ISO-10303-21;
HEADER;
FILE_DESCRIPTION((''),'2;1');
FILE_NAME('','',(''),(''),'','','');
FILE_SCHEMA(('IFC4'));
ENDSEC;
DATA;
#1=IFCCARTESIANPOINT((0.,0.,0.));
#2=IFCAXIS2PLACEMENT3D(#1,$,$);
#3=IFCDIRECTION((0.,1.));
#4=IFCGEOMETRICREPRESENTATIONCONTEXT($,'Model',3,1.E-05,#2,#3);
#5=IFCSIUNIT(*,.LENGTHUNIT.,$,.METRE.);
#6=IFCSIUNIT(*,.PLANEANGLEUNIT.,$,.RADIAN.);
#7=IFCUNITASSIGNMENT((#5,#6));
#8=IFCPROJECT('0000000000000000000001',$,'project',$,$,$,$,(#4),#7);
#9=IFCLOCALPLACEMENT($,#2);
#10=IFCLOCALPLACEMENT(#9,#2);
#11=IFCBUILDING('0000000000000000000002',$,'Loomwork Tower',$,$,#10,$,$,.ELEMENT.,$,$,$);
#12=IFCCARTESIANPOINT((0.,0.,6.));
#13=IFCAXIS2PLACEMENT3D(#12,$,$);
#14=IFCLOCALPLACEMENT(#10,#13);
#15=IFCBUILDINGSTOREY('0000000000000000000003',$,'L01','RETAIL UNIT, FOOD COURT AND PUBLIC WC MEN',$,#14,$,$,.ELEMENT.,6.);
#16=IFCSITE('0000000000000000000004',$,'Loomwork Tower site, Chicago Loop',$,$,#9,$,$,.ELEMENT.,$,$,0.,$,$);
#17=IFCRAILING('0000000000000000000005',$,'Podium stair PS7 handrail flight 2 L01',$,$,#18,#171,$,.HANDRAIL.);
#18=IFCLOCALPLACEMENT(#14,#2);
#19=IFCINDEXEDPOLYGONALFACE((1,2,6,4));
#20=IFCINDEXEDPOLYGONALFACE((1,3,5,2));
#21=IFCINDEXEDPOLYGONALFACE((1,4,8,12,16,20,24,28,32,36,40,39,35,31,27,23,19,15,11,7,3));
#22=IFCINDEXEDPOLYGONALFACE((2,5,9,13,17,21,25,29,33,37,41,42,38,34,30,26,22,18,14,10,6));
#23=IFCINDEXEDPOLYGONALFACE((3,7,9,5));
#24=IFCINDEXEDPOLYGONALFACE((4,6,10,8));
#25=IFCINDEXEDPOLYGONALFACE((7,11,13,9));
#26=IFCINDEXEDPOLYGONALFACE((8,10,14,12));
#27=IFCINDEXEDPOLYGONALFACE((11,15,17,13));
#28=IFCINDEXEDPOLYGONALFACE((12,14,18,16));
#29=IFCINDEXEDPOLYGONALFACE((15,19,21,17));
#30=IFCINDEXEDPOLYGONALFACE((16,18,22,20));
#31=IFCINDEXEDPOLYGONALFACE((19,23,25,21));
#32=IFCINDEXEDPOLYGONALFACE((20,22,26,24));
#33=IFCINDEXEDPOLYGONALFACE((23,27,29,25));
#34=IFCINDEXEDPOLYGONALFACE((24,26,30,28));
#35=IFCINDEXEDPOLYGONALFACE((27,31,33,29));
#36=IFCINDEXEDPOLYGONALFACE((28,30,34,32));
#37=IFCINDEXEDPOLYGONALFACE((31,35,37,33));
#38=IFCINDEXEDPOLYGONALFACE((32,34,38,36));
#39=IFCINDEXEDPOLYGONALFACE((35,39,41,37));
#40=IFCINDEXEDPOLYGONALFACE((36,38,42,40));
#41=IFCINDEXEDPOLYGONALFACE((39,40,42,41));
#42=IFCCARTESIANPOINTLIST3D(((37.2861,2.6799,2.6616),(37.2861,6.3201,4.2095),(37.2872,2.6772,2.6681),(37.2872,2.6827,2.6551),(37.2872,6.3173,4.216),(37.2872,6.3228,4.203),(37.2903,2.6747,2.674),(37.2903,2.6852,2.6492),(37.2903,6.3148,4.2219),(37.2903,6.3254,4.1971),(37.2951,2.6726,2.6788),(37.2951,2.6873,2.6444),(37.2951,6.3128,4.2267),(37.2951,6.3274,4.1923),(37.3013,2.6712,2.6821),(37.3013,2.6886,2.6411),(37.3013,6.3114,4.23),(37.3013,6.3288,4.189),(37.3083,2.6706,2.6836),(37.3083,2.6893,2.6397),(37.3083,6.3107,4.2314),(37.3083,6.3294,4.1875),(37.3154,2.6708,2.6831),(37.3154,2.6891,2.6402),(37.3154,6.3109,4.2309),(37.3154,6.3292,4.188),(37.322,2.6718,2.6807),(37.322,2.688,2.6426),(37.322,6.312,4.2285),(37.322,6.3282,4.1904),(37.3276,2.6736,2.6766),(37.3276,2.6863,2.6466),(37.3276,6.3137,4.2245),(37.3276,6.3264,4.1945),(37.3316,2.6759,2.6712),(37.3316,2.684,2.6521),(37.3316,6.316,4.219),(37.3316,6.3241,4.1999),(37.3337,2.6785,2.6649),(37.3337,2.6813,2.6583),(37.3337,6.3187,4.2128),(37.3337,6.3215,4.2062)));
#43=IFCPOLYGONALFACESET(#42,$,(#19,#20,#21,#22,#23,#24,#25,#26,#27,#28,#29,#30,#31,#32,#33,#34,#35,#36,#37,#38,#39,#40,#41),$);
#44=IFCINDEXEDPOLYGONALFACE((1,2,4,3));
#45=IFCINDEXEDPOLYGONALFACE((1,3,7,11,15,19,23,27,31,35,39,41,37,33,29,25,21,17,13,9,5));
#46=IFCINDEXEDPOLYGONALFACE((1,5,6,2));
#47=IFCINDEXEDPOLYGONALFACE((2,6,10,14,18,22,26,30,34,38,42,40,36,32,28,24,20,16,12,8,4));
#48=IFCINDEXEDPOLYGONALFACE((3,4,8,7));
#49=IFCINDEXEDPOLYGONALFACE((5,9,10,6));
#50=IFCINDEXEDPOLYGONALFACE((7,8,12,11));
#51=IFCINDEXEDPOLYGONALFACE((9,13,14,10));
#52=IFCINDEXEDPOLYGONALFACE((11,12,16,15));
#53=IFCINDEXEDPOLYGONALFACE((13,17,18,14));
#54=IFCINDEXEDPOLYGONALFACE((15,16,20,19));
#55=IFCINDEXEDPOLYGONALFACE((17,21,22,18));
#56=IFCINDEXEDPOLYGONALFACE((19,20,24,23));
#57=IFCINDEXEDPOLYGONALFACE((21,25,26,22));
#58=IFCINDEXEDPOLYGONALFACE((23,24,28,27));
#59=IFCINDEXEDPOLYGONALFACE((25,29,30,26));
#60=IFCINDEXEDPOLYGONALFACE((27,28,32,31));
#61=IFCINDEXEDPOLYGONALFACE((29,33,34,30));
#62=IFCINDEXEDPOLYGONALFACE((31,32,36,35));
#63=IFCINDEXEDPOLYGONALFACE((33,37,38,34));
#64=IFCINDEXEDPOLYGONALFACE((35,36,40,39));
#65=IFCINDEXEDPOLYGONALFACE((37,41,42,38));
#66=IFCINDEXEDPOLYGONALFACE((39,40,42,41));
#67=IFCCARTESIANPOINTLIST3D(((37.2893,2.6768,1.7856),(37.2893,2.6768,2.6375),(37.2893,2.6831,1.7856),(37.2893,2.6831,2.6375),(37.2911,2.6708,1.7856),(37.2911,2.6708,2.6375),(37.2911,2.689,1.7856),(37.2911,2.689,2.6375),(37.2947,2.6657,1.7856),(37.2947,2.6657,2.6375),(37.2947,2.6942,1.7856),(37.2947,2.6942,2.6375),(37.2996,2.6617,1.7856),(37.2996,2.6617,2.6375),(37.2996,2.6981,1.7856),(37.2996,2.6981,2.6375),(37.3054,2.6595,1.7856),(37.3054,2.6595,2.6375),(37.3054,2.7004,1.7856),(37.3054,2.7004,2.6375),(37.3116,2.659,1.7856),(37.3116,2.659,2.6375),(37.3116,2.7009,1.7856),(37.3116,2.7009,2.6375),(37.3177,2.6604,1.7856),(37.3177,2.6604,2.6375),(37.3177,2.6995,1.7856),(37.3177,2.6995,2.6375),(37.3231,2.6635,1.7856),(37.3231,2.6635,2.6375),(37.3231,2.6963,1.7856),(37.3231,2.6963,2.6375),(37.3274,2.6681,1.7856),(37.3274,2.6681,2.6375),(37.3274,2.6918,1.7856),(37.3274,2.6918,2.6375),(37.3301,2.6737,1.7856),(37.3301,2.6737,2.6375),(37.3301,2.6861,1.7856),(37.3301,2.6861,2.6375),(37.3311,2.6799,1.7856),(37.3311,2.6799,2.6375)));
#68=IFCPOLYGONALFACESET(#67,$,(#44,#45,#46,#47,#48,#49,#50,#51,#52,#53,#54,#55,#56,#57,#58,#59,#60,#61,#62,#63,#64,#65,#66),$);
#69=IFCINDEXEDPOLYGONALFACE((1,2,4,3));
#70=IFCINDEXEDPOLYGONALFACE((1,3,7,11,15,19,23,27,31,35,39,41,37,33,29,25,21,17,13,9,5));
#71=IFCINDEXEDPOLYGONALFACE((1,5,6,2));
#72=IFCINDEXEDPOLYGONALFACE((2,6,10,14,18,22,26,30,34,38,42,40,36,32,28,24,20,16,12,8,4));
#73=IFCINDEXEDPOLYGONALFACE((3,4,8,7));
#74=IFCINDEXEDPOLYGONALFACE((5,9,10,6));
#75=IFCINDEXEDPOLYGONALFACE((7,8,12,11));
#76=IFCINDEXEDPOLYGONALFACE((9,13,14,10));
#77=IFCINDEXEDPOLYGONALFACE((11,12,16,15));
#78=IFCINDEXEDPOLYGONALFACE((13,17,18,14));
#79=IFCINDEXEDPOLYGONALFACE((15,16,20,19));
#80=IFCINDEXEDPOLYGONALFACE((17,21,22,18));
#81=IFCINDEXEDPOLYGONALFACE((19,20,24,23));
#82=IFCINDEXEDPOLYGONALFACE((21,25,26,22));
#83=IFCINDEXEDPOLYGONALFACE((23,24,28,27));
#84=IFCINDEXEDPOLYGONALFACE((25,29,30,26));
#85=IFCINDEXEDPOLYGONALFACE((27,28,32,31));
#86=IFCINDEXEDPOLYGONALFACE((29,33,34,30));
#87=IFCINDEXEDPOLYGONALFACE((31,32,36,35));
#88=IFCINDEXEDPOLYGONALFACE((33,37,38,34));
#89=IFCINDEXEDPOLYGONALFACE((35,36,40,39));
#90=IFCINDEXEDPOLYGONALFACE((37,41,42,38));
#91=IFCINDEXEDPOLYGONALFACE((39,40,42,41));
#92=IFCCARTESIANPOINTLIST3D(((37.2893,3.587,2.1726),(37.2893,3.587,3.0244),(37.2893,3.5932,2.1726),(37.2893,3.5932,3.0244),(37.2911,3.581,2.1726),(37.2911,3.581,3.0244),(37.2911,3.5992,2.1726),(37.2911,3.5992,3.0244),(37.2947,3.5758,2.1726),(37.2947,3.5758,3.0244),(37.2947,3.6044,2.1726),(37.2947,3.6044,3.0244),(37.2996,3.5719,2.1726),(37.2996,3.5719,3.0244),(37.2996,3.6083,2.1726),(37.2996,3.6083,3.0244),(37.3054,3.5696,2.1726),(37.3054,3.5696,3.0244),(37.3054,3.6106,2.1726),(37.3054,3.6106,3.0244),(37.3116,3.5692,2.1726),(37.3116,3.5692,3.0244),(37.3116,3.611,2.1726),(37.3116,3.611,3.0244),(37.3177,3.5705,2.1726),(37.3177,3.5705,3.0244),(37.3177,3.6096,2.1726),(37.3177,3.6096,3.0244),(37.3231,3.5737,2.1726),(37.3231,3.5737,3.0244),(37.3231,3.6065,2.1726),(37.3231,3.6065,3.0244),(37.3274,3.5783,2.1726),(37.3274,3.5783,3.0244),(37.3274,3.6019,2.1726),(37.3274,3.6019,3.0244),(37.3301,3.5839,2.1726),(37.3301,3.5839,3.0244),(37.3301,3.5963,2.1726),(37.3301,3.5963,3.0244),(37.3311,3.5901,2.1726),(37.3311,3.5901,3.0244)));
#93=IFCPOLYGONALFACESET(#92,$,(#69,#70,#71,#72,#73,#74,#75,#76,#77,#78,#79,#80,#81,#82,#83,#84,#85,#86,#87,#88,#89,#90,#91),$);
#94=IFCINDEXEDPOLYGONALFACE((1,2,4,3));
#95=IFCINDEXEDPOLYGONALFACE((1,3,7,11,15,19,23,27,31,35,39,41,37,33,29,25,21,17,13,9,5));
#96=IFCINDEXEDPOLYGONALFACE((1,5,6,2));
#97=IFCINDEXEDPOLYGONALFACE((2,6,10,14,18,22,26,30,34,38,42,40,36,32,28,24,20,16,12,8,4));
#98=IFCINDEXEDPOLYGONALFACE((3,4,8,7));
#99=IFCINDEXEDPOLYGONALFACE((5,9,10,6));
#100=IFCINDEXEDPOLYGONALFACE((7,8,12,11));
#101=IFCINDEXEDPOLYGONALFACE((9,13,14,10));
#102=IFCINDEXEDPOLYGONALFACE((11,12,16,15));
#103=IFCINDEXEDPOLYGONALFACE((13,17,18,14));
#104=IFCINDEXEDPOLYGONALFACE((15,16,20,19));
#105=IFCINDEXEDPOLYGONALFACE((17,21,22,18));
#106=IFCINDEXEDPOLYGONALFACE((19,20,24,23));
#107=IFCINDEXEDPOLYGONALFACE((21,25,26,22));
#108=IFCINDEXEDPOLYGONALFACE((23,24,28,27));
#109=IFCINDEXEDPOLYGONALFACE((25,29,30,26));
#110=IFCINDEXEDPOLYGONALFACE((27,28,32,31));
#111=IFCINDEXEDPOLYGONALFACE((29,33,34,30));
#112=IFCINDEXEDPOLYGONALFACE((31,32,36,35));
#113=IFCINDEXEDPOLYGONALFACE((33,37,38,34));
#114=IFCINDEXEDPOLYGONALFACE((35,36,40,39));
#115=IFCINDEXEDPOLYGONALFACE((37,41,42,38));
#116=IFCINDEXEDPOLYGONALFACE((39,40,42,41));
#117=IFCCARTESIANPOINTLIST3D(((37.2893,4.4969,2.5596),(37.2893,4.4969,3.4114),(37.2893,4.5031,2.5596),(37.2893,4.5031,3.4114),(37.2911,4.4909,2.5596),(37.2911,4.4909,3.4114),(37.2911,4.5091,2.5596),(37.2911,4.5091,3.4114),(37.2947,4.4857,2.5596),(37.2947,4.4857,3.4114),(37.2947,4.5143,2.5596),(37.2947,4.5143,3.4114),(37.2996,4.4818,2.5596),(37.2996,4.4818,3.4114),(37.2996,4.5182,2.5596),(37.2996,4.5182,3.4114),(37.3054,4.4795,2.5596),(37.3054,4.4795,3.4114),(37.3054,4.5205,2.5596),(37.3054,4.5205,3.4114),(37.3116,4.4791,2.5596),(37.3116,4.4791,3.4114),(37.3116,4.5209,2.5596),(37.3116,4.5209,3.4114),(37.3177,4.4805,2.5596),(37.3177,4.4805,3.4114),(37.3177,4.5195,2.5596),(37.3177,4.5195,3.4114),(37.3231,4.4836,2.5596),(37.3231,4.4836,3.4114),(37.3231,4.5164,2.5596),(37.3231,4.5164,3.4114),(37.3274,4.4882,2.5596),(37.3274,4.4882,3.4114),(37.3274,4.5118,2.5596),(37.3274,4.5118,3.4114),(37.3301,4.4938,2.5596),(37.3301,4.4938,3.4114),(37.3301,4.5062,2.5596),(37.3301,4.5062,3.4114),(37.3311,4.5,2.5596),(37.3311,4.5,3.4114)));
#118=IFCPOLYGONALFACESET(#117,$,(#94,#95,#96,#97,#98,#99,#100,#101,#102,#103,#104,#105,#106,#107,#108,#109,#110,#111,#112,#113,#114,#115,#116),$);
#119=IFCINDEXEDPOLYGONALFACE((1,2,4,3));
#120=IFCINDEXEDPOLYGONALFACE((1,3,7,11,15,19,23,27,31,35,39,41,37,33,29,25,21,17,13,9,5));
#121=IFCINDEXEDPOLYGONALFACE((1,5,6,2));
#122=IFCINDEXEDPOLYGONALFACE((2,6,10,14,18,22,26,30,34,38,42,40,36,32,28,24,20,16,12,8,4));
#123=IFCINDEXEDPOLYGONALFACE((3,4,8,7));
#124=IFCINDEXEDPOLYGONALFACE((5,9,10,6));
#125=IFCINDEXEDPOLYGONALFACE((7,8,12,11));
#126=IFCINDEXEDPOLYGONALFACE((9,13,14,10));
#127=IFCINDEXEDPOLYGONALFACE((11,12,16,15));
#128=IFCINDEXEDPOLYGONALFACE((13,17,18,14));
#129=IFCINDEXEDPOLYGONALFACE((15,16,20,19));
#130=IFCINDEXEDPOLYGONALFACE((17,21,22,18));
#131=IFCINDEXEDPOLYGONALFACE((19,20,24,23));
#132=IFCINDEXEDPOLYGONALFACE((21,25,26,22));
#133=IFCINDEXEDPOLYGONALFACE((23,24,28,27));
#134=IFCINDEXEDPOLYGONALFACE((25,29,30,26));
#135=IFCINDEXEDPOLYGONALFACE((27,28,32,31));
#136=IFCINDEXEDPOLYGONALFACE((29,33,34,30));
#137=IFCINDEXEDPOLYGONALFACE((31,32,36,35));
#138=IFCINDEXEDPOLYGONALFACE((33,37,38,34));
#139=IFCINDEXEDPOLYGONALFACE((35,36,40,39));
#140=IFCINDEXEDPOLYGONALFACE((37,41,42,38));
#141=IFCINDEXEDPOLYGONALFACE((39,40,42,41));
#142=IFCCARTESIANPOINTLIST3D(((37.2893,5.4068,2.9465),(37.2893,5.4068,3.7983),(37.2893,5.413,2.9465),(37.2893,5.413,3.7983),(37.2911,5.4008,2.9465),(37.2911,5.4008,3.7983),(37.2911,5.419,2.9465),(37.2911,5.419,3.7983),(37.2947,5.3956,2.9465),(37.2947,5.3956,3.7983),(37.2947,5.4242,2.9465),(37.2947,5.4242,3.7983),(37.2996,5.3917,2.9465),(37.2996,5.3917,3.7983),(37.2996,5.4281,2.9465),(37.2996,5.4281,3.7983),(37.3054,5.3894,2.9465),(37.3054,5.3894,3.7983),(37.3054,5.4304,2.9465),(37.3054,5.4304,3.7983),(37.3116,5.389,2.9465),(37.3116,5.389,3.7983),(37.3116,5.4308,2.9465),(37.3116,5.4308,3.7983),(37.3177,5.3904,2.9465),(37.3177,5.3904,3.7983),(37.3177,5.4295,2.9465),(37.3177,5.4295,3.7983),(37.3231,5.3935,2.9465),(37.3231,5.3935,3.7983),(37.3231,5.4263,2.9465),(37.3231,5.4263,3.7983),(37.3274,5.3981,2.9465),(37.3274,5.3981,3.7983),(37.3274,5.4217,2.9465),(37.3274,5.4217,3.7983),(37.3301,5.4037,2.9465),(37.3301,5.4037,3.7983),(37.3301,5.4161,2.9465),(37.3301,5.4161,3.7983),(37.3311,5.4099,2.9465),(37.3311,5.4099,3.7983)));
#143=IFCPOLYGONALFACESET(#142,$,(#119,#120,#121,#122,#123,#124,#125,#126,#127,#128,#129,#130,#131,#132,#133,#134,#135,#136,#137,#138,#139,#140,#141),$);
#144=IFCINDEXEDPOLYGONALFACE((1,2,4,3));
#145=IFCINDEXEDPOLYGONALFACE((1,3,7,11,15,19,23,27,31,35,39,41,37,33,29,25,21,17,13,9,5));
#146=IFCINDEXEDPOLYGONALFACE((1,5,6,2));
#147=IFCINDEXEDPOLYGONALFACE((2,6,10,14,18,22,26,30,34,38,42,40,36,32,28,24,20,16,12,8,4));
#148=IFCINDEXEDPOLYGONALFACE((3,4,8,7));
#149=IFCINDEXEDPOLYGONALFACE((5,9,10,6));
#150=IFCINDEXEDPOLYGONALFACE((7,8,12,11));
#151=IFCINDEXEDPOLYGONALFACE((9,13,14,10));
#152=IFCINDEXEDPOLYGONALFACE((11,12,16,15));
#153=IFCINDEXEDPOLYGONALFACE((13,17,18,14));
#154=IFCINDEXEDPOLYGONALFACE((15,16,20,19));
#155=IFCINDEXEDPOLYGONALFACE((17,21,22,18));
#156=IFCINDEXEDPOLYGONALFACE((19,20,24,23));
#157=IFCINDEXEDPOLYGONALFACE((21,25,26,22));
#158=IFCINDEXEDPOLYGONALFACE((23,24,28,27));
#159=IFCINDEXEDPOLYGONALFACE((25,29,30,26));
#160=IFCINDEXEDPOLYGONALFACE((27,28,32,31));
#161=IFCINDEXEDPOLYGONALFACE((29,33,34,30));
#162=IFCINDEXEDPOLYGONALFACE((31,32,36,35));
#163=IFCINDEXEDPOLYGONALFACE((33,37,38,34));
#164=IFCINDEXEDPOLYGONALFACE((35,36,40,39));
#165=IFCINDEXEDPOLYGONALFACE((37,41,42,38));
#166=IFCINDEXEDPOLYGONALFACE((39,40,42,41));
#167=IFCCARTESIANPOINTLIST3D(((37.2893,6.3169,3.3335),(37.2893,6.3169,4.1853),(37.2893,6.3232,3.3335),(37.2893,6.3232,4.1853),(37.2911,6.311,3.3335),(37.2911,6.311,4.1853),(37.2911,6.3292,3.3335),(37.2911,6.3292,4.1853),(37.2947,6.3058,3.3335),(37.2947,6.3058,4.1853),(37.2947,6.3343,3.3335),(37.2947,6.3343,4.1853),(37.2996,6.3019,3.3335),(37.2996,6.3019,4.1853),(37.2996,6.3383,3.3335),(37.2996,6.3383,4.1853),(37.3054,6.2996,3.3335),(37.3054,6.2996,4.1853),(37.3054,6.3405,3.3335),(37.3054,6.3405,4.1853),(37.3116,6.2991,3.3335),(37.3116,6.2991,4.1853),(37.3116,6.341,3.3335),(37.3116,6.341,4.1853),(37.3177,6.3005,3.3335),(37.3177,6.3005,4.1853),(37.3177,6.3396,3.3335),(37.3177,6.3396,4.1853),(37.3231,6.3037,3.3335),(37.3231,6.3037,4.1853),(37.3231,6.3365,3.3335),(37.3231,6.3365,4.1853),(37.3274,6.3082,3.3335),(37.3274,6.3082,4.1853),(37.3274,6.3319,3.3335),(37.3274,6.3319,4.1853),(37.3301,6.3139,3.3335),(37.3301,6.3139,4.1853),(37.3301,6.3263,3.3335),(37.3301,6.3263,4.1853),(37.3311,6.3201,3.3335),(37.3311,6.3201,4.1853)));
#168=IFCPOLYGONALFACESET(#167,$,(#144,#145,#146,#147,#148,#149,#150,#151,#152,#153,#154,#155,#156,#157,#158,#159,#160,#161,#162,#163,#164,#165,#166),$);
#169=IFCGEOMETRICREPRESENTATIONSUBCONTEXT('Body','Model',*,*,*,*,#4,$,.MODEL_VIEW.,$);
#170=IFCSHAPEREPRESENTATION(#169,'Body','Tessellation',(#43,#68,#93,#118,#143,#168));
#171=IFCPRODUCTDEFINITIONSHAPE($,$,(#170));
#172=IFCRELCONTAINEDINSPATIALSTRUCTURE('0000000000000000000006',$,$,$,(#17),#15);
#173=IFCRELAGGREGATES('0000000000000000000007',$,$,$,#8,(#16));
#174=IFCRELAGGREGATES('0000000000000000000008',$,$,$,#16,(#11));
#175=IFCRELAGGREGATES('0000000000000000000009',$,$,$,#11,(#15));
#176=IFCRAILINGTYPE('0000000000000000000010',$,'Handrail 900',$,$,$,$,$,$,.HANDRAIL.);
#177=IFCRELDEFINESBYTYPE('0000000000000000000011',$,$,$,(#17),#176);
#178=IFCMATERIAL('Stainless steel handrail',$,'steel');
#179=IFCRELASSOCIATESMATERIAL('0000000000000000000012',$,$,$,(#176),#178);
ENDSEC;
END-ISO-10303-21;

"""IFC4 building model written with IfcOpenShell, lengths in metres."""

from ifc_helpers import new_model, si_unit, direction, frame, origin, origin_2d, place, context, subcontext, project, spatial, circle, extrude, material, type_object, element, save


model = new_model("IFC4")

# Units and contexts
model_context = context("Model", 3, precision=1e-05, world=origin(), true_north=direction((0.0, 1.0)))
body_context = subcontext(model_context, "Body", "Model", "MODEL_VIEW")
ifc_project = project(units=[si_unit("LENGTHUNIT", "METRE"), si_unit("PLANEANGLEUNIT", "RADIAN")], contexts=[model_context])

# Site, building, storey
site_placement = place(None, origin())
site = spatial("IfcSite", under=ifc_project, at=site_placement, Name="Loomwork Tower site, Chicago Loop", CompositionType="ELEMENT", RefElevation=0.0)
building_placement = place(site_placement, origin())
building = spatial("IfcBuilding", under=site, at=building_placement, Name="Loomwork Tower", CompositionType="ELEMENT")
storey_placement = place(building_placement, frame((0.0, 0.0, 6.0)))
storey = spatial("IfcBuildingStorey", under=building, at=storey_placement, Name="L01", Description="RETAIL UNIT, FOOD COURT AND PUBLIC WC MEN", CompositionType="ELEMENT", Elevation=6.0)

# Railing
ifc_material_1 = material(Name="Stainless steel handrail", Category="steel")
railing_type = type_object("IfcRailingType", Name="Handrail 900", PredefinedType="HANDRAIL", material=ifc_material_1)
railing_1_placement = place(storey_placement, frame((37.3101, 2.6799, 1.7856)))
element("IfcRailing", 1, at=railing_1_placement, inside=storey, type_object=railing_type, Name="Podium stair PS7 handrail flight 2 L01", PredefinedType="HANDRAIL", context=body_context, shape_type="SweptSolid", body=[
    extrude(circle(Radius=0.0239, at=origin_2d()), frame((0.0, 0.0, 0.876), z_axis=(0.0, 0.920259, 0.391311), x_axis=(-1.0, 0.0, 0.0)), (0.0, 0.0, 1.0), 3.9556),
    extrude(circle(Radius=0.021, at=origin_2d()), origin(), (0.0, 0.0, 1.0), 0.8518),
    extrude(circle(Radius=0.021, at=origin_2d()), frame((0.0, 0.9102, 0.387)), (0.0, 0.0, 1.0), 0.8518),
    extrude(circle(Radius=0.021, at=origin_2d()), frame((0.0, 1.8201, 0.7739)), (0.0, 0.0, 1.0), 0.8518),
    extrude(circle(Radius=0.021, at=origin_2d()), frame((0.0, 2.73, 1.1609)), (0.0, 0.0, 1.0), 0.8518),
    extrude(circle(Radius=0.021, at=origin_2d()), frame((0.0, 3.6401, 1.5479)), (0.0, 0.0, 1.0), 0.8518),
])

save(model, "model.ifc")
